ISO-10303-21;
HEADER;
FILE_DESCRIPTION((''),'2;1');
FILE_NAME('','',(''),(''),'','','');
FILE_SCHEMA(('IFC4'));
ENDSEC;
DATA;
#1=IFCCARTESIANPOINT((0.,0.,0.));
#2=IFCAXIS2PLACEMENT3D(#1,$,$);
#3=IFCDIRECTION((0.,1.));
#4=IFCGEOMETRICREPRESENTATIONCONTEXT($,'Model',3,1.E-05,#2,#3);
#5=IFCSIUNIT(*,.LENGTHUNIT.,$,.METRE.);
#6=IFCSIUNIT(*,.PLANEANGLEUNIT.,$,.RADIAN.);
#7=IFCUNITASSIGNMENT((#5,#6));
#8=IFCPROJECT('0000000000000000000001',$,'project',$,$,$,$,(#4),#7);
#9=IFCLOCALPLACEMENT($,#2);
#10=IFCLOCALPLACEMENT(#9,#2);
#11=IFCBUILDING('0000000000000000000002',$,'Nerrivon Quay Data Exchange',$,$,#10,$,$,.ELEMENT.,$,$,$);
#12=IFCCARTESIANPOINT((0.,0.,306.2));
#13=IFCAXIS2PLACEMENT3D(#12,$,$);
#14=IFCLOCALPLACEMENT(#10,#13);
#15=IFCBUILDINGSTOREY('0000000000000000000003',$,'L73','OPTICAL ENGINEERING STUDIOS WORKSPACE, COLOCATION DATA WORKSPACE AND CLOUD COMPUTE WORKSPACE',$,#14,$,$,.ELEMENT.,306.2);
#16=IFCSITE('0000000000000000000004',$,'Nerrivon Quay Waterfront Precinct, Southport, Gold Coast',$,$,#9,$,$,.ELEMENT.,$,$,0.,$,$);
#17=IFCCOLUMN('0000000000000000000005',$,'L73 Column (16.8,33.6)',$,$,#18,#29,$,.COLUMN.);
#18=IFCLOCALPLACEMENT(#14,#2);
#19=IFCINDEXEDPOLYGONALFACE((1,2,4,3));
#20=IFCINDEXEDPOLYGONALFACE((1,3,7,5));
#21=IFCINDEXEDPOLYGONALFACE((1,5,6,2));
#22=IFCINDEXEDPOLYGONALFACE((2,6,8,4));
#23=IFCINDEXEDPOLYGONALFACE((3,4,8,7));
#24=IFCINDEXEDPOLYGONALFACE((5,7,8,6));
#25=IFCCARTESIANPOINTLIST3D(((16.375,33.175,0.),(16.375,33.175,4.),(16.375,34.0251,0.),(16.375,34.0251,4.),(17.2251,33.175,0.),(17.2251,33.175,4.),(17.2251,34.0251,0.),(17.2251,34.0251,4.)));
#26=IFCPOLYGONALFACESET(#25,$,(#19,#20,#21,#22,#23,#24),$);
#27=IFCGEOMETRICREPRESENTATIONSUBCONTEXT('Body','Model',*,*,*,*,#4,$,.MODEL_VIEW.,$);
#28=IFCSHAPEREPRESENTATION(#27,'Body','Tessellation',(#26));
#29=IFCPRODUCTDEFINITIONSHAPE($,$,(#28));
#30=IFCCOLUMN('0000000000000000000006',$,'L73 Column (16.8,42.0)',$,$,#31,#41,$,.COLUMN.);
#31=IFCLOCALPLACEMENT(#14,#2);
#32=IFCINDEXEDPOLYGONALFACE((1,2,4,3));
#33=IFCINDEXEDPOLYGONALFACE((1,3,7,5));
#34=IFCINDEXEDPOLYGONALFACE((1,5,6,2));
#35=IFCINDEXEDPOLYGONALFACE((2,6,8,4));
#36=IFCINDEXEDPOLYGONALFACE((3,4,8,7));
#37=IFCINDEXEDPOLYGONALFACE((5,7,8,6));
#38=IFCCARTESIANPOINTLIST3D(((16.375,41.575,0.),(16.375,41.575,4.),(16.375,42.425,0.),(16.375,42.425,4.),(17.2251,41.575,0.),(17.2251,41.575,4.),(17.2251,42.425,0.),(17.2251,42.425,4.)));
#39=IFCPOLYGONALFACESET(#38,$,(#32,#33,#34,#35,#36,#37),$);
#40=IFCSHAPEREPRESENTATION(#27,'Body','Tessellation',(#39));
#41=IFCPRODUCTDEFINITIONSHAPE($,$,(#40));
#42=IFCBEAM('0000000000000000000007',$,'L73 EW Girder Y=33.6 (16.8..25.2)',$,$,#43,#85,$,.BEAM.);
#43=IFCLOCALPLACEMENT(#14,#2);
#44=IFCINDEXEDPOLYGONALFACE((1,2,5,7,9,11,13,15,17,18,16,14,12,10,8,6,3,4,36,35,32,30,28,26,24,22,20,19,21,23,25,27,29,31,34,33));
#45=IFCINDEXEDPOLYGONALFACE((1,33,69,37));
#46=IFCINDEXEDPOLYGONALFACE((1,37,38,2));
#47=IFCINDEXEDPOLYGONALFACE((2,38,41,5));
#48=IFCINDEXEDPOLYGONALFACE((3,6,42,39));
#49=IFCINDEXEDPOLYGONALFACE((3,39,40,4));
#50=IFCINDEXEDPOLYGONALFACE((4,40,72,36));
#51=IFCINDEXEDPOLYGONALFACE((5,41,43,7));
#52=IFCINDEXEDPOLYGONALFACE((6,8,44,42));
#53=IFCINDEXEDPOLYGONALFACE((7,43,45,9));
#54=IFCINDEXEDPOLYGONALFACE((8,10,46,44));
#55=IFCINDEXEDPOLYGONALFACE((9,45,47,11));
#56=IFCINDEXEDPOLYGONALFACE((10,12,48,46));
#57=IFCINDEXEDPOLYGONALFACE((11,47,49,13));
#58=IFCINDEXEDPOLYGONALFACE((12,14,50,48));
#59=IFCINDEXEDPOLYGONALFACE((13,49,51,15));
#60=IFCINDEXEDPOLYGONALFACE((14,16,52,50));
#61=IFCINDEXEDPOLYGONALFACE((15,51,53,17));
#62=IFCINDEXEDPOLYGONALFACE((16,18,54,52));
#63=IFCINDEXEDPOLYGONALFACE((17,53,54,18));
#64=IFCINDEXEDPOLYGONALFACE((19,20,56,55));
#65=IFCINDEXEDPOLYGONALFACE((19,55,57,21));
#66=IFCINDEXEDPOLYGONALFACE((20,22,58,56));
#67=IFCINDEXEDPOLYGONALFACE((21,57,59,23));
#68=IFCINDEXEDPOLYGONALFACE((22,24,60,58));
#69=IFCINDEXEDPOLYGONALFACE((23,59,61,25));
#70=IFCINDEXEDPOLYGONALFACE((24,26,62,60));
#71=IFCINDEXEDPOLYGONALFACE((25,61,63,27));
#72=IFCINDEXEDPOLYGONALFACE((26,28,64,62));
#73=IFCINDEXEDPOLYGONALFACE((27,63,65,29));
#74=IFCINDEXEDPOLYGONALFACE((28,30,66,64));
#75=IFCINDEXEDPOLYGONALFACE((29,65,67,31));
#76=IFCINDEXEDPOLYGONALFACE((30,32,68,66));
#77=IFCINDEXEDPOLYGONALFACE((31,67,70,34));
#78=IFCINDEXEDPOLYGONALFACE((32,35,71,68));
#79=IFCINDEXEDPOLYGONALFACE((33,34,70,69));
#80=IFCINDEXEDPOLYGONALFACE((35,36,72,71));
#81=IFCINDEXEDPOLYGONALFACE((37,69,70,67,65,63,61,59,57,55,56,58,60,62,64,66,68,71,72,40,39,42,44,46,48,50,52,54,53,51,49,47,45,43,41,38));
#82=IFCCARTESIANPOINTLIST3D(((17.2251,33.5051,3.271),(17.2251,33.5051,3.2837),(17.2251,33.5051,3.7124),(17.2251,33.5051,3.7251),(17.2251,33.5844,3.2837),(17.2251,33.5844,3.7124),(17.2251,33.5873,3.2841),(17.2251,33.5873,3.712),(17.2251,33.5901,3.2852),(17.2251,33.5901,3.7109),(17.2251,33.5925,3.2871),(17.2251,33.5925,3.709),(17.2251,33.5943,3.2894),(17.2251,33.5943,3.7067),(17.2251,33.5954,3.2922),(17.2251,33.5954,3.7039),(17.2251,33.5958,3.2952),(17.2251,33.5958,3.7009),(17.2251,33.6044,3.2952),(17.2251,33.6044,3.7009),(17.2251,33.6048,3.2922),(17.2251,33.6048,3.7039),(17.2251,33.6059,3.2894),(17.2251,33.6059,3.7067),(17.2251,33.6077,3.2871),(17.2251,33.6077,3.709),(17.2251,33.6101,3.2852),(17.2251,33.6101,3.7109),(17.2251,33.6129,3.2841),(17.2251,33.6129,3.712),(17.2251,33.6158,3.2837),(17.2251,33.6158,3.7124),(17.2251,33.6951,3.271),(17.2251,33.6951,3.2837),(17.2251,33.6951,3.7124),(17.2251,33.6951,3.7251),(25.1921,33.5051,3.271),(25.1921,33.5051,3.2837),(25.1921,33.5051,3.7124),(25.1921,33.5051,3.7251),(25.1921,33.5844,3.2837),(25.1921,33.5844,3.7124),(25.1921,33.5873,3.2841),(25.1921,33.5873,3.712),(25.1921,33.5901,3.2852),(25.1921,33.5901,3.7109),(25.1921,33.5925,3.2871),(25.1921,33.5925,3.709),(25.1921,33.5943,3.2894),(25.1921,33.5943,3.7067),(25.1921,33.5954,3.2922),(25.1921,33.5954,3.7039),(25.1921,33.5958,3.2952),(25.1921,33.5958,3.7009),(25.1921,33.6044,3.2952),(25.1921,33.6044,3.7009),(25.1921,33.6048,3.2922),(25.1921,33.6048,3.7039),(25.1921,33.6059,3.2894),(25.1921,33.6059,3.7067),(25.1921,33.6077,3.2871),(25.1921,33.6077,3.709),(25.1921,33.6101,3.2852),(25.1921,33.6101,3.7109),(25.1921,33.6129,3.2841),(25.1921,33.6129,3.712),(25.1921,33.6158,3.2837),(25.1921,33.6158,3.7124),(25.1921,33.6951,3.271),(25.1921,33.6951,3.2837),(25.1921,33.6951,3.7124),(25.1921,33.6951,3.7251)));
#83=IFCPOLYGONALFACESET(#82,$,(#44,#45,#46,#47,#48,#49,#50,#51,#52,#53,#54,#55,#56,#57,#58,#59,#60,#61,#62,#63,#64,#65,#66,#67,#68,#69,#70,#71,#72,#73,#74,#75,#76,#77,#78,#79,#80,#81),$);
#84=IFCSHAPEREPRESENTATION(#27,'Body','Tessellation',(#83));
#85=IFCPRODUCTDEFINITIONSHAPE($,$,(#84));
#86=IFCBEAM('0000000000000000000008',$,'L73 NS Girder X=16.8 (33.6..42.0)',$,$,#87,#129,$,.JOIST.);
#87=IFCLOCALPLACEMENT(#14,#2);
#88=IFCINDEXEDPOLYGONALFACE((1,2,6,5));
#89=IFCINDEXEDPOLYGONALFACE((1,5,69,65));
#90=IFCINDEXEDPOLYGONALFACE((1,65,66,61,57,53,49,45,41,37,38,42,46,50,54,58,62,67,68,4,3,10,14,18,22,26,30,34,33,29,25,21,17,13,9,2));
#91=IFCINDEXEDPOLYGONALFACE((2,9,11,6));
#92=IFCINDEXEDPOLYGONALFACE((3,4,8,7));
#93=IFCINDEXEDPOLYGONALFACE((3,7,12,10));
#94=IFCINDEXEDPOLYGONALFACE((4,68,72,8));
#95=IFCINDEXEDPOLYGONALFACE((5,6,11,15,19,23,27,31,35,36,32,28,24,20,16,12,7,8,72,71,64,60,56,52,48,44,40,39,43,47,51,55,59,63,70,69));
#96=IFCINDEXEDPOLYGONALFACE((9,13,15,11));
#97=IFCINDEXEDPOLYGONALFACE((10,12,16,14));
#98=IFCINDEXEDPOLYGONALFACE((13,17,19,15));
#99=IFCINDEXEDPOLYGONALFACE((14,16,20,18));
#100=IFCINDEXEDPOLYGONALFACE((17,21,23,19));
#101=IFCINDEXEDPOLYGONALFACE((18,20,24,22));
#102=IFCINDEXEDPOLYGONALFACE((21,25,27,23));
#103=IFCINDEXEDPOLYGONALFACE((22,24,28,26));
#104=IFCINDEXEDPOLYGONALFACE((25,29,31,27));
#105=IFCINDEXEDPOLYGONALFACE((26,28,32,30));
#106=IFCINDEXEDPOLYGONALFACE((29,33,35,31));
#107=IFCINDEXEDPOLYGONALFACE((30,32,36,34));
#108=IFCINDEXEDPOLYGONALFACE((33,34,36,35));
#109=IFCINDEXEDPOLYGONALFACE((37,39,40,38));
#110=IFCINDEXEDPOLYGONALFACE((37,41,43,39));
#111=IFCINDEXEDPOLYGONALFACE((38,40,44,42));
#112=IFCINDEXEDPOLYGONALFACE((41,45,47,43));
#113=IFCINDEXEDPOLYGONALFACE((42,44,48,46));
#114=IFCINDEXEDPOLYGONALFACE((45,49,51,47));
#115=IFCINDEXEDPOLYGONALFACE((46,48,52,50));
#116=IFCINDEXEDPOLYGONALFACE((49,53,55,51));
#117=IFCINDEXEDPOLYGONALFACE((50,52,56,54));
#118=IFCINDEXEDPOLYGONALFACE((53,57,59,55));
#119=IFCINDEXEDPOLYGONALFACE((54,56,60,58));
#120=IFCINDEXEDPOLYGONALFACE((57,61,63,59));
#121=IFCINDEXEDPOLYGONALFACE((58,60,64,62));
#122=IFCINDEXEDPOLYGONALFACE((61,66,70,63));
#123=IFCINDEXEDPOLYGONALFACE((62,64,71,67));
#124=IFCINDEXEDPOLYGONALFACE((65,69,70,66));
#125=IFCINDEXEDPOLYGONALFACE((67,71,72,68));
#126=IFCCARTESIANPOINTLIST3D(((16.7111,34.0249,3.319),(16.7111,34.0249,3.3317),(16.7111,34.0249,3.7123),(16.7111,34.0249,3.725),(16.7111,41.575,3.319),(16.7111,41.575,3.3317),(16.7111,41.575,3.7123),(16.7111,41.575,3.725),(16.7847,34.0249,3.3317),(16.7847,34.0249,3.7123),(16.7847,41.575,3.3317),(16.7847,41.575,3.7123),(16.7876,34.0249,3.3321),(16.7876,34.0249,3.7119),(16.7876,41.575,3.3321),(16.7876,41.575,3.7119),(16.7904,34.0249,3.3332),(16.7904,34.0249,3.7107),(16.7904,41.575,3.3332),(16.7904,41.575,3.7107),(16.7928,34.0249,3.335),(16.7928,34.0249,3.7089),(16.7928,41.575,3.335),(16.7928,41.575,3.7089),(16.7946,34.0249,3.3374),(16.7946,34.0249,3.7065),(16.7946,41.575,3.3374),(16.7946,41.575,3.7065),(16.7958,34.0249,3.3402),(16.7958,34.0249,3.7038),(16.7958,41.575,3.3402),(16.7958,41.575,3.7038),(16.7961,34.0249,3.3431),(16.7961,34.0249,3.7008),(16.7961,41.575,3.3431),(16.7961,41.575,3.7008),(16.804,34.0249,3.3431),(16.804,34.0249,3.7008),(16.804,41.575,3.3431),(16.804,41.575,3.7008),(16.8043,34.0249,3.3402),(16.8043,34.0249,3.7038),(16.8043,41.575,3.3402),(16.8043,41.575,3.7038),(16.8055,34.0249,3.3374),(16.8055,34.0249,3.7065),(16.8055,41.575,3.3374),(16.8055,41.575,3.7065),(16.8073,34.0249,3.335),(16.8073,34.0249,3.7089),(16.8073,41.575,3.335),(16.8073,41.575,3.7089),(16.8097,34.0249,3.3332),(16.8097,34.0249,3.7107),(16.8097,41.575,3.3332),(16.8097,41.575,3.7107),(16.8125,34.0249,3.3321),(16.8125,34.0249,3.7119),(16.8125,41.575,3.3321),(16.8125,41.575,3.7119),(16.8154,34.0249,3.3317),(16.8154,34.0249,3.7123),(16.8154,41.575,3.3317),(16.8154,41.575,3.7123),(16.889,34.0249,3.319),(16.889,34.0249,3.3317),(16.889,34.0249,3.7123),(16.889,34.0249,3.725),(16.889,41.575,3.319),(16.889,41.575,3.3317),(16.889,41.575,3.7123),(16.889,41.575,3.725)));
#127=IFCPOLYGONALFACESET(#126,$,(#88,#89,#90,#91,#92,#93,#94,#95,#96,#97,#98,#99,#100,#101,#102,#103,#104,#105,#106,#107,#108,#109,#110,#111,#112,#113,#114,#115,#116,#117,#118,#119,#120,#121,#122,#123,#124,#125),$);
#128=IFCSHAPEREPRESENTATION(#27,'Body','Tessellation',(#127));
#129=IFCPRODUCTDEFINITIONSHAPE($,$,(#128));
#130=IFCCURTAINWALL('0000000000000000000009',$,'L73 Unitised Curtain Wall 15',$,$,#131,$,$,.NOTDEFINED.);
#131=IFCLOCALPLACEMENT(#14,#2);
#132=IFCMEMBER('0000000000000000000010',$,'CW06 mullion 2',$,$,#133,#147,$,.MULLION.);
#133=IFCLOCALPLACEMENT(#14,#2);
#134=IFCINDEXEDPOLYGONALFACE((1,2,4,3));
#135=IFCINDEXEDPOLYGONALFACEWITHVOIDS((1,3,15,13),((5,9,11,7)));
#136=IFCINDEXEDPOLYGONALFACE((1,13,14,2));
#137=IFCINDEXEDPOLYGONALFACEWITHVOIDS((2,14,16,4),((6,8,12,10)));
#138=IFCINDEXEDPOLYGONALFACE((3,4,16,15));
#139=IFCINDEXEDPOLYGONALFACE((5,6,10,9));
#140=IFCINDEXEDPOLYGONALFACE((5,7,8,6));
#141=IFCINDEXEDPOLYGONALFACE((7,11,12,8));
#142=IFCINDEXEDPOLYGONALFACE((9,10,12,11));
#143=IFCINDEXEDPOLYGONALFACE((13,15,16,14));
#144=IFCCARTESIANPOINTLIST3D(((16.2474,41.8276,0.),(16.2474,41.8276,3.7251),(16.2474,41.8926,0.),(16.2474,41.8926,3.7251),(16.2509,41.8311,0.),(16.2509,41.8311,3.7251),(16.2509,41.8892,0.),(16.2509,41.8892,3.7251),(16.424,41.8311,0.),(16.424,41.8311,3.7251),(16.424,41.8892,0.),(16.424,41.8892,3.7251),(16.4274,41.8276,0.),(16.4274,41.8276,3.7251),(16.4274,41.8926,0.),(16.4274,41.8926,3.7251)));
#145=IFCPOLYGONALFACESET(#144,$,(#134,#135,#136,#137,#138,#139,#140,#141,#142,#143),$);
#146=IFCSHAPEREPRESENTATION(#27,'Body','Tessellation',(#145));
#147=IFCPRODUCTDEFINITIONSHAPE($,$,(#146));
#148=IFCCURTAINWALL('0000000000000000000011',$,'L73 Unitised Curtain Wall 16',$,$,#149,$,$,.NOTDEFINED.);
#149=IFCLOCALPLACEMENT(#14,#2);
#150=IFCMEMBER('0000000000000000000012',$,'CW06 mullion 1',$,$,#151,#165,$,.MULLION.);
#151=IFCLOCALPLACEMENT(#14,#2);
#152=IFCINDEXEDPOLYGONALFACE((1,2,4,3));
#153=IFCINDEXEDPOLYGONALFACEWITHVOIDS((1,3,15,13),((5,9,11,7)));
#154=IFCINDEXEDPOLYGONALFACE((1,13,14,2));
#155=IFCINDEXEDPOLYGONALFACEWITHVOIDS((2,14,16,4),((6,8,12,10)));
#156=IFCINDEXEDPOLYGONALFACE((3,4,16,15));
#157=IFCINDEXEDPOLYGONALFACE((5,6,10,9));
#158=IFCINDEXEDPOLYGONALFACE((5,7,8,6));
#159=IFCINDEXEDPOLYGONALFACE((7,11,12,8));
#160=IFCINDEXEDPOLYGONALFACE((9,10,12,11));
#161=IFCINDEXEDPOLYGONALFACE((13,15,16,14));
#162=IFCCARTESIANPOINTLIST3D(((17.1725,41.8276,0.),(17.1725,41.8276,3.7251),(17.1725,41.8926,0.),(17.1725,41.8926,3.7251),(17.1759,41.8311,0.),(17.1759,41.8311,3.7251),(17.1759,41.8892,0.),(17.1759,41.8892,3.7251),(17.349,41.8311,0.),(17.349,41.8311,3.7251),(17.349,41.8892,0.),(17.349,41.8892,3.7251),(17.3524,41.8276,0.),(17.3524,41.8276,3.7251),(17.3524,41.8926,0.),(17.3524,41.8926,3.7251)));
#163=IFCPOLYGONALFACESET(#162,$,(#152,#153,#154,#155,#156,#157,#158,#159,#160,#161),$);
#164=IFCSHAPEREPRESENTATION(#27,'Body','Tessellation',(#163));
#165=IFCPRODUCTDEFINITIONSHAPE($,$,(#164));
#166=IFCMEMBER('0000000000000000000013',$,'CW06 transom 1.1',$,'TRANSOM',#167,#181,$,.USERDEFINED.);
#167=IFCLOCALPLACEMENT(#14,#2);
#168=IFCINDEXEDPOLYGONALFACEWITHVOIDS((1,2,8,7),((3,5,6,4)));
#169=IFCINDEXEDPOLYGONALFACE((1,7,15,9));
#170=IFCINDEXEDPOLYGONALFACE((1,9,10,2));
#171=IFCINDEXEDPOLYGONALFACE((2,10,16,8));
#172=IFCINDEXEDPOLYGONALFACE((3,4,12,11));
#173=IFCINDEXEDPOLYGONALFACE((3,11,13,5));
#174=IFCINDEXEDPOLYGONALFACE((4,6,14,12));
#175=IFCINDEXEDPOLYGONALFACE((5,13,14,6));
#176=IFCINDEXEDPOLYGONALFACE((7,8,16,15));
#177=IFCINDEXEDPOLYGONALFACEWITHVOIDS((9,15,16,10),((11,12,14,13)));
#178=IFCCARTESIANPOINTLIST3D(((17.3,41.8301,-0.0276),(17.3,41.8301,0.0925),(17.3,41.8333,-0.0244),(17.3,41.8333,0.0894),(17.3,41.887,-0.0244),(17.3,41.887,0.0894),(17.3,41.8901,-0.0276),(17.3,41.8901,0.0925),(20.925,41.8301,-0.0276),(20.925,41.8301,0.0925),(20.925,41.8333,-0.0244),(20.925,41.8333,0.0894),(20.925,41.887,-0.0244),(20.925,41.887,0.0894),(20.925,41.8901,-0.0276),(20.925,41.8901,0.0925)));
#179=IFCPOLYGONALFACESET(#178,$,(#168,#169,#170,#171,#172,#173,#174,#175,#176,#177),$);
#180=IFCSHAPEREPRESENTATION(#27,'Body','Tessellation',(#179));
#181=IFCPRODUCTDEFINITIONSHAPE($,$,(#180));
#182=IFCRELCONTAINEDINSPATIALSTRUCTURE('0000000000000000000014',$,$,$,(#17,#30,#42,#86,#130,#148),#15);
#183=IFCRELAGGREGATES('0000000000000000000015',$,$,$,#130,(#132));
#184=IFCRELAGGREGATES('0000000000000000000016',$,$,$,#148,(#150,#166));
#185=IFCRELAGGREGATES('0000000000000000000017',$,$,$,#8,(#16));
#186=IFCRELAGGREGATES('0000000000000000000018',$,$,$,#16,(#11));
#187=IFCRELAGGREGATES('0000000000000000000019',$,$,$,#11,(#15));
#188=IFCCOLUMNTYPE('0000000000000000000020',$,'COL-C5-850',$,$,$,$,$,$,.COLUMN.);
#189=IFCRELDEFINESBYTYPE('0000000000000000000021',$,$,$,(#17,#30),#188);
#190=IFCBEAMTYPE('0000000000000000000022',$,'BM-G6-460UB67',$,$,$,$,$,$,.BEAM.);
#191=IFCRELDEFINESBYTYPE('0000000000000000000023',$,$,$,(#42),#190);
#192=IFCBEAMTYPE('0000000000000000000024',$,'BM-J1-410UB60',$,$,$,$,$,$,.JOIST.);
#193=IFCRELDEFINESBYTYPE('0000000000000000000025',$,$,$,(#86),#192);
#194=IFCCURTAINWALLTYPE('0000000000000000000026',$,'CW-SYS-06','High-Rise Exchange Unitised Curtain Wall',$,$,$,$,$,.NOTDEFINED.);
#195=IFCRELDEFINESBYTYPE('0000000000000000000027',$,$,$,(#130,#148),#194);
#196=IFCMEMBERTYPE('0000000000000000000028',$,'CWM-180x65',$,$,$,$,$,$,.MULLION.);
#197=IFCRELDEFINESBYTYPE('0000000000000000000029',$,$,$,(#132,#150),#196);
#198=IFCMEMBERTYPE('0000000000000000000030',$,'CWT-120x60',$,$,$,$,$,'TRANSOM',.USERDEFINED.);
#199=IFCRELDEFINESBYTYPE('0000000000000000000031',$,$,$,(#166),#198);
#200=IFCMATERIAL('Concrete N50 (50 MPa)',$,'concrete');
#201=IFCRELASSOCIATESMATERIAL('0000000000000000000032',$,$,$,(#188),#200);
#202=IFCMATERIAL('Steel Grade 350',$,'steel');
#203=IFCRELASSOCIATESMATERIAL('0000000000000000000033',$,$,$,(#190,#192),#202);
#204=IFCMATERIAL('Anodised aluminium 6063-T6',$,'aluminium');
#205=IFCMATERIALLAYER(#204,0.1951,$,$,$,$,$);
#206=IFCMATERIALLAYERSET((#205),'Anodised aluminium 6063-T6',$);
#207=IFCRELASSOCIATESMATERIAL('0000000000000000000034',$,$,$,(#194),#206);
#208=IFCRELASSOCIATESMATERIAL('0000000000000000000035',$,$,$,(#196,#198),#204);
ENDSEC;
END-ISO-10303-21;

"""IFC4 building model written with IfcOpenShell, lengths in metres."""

from ifc_helpers import new_model, si_unit, direction, frame, origin, origin_2d, place, context, subcontext, project, spatial, rectangle, hollow_rectangle, i_section, extrude, material, layer, layer_set, material_profile, profile_set, type_object, element, aggregate, save


model = new_model("IFC4")

# Units and contexts
model_context = context("Model", 3, precision=1e-05, world=origin(), true_north=direction((0.0, 1.0)))
body_context = subcontext(model_context, "Body", "Model", "MODEL_VIEW")
ifc_project = project(units=[si_unit("LENGTHUNIT", "METRE"), si_unit("PLANEANGLEUNIT", "RADIAN")], contexts=[model_context])

# Site, building, storey
site_placement = place(None, origin())
site = spatial("IfcSite", under=ifc_project, at=site_placement, Name="Nerrivon Quay Waterfront Precinct, Southport, Gold Coast", CompositionType="ELEMENT", RefElevation=0.0)
building_placement = place(site_placement, origin())
building = spatial("IfcBuilding", under=site, at=building_placement, Name="Nerrivon Quay Data Exchange", CompositionType="ELEMENT")
storey_placement = place(building_placement, frame((0.0, 0.0, 306.2)))
storey = spatial("IfcBuildingStorey", under=building, at=storey_placement, Name="L73", Description="OPTICAL ENGINEERING STUDIOS WORKSPACE, COLOCATION DATA WORKSPACE AND CLOUD COMPUTE WORKSPACE", CompositionType="ELEMENT", Elevation=306.2)

# Columns
ifc_material_1 = material(Name="Concrete N50 (50 MPa)", Category="concrete")
ifc_material_profile_1 = material_profile(ifc_material_1, rectangle(XDim=0.8501, YDim=0.8501, at=origin_2d()), Name="RC-COL-850x850")
ifc_profile_set_1 = profile_set([ifc_material_profile_1], Name="Concrete N50 (50 MPa)")
column_type = type_object("IfcColumnType", Name="COL-C5-850", PredefinedType="COLUMN", material=ifc_profile_set_1)
for number, where, z_axis, x_axis, name in (
    (1, (16.8, 33.6001, 0.0), (0.0, 0.0, 1.0), (1.0, 0.0, 0.0), "L73 Column (16.8,33.6)"),
    (2, (16.8, 42.0, 0.0), (0.0, 0.0, 1.0), (1.0, 0.0, 0.0), "L73 Column (16.8,42.0)"),
):
    element("IfcColumn", number, at=place(storey_placement, frame(where, z_axis=z_axis, x_axis=x_axis)), inside=storey, type_object=column_type, Name=name, PredefinedType="COLUMN", context=body_context, shape_type="SweptSolid", body=[
        extrude(rectangle(XDim=0.8501, YDim=0.8501, at=origin_2d()), origin(), (0.0, 0.0, 1.0), 4.0),
    ])

# Beams
ifc_material_2 = material(Name="Steel Grade 350", Category="steel")
ifc_material_profile_2 = material_profile(ifc_material_2, i_section(OverallWidth=0.1899, OverallDepth=0.4541, WebThickness=0.0085, FlangeThickness=0.0127, FilletRadius=0.0115, at=origin_2d()), Name="460UB67.1")
ifc_profile_set_2 = profile_set([ifc_material_profile_2], Name="Steel Grade 350")
beam_type_1 = type_object("IfcBeamType", Name="BM-G6-460UB67", PredefinedType="BEAM", material=ifc_profile_set_2)
beam_1_placement = place(storey_placement, frame((17.2251, 33.6001, 3.498), z_axis=(1.0, 0.0, 0.0), x_axis=(0.0, 1.0, 0.0)))
element("IfcBeam", 3, at=beam_1_placement, inside=storey, type_object=beam_type_1, Name="L73 EW Girder Y=33.6 (16.8..25.2)", PredefinedType="BEAM", context=body_context, shape_type="SweptSolid", body=[
    extrude(i_section(OverallWidth=0.1899, OverallDepth=0.4541, WebThickness=0.0085, FlangeThickness=0.0127, FilletRadius=0.0115, at=origin_2d()), origin(), (0.0, 0.0, 1.0), 7.967),
])
ifc_material_profile_3 = material_profile(ifc_material_2, i_section(OverallWidth=0.178, OverallDepth=0.406, WebThickness=0.0078, FlangeThickness=0.0127, FilletRadius=0.0115, at=origin_2d()), Name="410UB59.7")
ifc_profile_set_3 = profile_set([ifc_material_profile_3], Name="Steel Grade 350")
beam_type_2 = type_object("IfcBeamType", Name="BM-J1-410UB60", PredefinedType="JOIST", material=ifc_profile_set_3)
beam_2_placement = place(storey_placement, frame((16.8, 34.0249, 3.522), z_axis=(0.0, 1.0, 0.0), x_axis=(-1.0, 0.0, 0.0)))
element("IfcBeam", 4, at=beam_2_placement, inside=storey, type_object=beam_type_2, Name="L73 NS Girder X=16.8 (33.6..42.0)", PredefinedType="JOIST", context=body_context, shape_type="SweptSolid", body=[
    extrude(i_section(OverallWidth=0.178, OverallDepth=0.406, WebThickness=0.0078, FlangeThickness=0.0127, FilletRadius=0.0115, at=origin_2d()), origin(), (0.0, 0.0, 1.0), 7.55),
])

# Curtain wall, member
ifc_material_3 = material(Name="Anodised aluminium 6063-T6", Category="aluminium")
ifc_layer_1 = layer(ifc_material_3, 0.1951)
ifc_layer_set_1 = layer_set([ifc_layer_1], Name="Anodised aluminium 6063-T6")
curtain_wall_type = type_object("IfcCurtainWallType", Name="CW-SYS-06", Description="High-Rise Exchange Unitised Curtain Wall", PredefinedType="NOTDEFINED", material=ifc_layer_set_1)
curtain_wall_1_placement = place(storey_placement, origin())
curtain_wall_1 = element("IfcCurtainWall", 5, at=curtain_wall_1_placement, inside=storey, type_object=curtain_wall_type, Name="L73 Unitised Curtain Wall 15", PredefinedType="NOTDEFINED")
ifc_material_profile_4 = material_profile(ifc_material_3, hollow_rectangle(XDim=0.0649, YDim=0.1799, WallThickness=0.0034, at=origin_2d()), Name="ALU-MULL-180x65")
ifc_profile_set_4 = profile_set([ifc_material_profile_4], Name="Anodised aluminium 6063-T6")
member_type_1 = type_object("IfcMemberType", Name="CWM-180x65", PredefinedType="MULLION", material=ifc_profile_set_4)
member_1_placement = place(storey_placement, frame((16.3374, 41.8601, 0.0), z_axis=(0.0, 0.0, 1.0), x_axis=(0.0, 1.0, 0.0)))
member_1 = element("IfcMember", 6, at=member_1_placement, type_object=member_type_1, Name="CW06 mullion 2", PredefinedType="MULLION", context=body_context, shape_type="SweptSolid", body=[
    extrude(hollow_rectangle(XDim=0.0649, YDim=0.1799, WallThickness=0.0034, at=origin_2d()), origin(), (0.0, 0.0, 1.0), 3.7251),
])

# Curtain wall, members
curtain_wall_2_placement = place(storey_placement, origin())
curtain_wall_2 = element("IfcCurtainWall", 7, at=curtain_wall_2_placement, inside=storey, type_object=curtain_wall_type, Name="L73 Unitised Curtain Wall 16", PredefinedType="NOTDEFINED")
member_2_placement = place(storey_placement, frame((17.2625, 41.8601, 0.0), z_axis=(0.0, 0.0, 1.0), x_axis=(0.0, 1.0, 0.0)))
member_2 = element("IfcMember", 8, at=member_2_placement, type_object=member_type_1, Name="CW06 mullion 1", PredefinedType="MULLION", context=body_context, shape_type="SweptSolid", body=[
    extrude(hollow_rectangle(XDim=0.0649, YDim=0.1799, WallThickness=0.0034, at=origin_2d()), origin(), (0.0, 0.0, 1.0), 3.7251),
])
ifc_material_profile_5 = material_profile(ifc_material_3, hollow_rectangle(XDim=0.0601, YDim=0.1201, WallThickness=0.0032, at=origin_2d()), Name="ALU-TRAN-120x60")
ifc_profile_set_5 = profile_set([ifc_material_profile_5], Name="Anodised aluminium 6063-T6")
member_type_2 = type_object("IfcMemberType", Name="CWT-120x60", ElementType="TRANSOM", PredefinedType="USERDEFINED", material=ifc_profile_set_5)
member_3_placement = place(storey_placement, frame((17.3, 41.8601, 0.0325), z_axis=(1.0, 0.0, 0.0), x_axis=(0.0, 1.0, 0.0)))
member_3 = element("IfcMember", 9, at=member_3_placement, type_object=member_type_2, Name="CW06 transom 1.1", ObjectType="TRANSOM", PredefinedType="USERDEFINED", context=body_context, shape_type="SweptSolid", body=[
    extrude(hollow_rectangle(XDim=0.0601, YDim=0.1201, WallThickness=0.0032, at=origin_2d()), origin(), (0.0, 0.0, 1.0), 3.625),
])

aggregate(curtain_wall_1, [member_1])
aggregate(curtain_wall_2, [member_2, member_3])

save(model, "model.ifc")
